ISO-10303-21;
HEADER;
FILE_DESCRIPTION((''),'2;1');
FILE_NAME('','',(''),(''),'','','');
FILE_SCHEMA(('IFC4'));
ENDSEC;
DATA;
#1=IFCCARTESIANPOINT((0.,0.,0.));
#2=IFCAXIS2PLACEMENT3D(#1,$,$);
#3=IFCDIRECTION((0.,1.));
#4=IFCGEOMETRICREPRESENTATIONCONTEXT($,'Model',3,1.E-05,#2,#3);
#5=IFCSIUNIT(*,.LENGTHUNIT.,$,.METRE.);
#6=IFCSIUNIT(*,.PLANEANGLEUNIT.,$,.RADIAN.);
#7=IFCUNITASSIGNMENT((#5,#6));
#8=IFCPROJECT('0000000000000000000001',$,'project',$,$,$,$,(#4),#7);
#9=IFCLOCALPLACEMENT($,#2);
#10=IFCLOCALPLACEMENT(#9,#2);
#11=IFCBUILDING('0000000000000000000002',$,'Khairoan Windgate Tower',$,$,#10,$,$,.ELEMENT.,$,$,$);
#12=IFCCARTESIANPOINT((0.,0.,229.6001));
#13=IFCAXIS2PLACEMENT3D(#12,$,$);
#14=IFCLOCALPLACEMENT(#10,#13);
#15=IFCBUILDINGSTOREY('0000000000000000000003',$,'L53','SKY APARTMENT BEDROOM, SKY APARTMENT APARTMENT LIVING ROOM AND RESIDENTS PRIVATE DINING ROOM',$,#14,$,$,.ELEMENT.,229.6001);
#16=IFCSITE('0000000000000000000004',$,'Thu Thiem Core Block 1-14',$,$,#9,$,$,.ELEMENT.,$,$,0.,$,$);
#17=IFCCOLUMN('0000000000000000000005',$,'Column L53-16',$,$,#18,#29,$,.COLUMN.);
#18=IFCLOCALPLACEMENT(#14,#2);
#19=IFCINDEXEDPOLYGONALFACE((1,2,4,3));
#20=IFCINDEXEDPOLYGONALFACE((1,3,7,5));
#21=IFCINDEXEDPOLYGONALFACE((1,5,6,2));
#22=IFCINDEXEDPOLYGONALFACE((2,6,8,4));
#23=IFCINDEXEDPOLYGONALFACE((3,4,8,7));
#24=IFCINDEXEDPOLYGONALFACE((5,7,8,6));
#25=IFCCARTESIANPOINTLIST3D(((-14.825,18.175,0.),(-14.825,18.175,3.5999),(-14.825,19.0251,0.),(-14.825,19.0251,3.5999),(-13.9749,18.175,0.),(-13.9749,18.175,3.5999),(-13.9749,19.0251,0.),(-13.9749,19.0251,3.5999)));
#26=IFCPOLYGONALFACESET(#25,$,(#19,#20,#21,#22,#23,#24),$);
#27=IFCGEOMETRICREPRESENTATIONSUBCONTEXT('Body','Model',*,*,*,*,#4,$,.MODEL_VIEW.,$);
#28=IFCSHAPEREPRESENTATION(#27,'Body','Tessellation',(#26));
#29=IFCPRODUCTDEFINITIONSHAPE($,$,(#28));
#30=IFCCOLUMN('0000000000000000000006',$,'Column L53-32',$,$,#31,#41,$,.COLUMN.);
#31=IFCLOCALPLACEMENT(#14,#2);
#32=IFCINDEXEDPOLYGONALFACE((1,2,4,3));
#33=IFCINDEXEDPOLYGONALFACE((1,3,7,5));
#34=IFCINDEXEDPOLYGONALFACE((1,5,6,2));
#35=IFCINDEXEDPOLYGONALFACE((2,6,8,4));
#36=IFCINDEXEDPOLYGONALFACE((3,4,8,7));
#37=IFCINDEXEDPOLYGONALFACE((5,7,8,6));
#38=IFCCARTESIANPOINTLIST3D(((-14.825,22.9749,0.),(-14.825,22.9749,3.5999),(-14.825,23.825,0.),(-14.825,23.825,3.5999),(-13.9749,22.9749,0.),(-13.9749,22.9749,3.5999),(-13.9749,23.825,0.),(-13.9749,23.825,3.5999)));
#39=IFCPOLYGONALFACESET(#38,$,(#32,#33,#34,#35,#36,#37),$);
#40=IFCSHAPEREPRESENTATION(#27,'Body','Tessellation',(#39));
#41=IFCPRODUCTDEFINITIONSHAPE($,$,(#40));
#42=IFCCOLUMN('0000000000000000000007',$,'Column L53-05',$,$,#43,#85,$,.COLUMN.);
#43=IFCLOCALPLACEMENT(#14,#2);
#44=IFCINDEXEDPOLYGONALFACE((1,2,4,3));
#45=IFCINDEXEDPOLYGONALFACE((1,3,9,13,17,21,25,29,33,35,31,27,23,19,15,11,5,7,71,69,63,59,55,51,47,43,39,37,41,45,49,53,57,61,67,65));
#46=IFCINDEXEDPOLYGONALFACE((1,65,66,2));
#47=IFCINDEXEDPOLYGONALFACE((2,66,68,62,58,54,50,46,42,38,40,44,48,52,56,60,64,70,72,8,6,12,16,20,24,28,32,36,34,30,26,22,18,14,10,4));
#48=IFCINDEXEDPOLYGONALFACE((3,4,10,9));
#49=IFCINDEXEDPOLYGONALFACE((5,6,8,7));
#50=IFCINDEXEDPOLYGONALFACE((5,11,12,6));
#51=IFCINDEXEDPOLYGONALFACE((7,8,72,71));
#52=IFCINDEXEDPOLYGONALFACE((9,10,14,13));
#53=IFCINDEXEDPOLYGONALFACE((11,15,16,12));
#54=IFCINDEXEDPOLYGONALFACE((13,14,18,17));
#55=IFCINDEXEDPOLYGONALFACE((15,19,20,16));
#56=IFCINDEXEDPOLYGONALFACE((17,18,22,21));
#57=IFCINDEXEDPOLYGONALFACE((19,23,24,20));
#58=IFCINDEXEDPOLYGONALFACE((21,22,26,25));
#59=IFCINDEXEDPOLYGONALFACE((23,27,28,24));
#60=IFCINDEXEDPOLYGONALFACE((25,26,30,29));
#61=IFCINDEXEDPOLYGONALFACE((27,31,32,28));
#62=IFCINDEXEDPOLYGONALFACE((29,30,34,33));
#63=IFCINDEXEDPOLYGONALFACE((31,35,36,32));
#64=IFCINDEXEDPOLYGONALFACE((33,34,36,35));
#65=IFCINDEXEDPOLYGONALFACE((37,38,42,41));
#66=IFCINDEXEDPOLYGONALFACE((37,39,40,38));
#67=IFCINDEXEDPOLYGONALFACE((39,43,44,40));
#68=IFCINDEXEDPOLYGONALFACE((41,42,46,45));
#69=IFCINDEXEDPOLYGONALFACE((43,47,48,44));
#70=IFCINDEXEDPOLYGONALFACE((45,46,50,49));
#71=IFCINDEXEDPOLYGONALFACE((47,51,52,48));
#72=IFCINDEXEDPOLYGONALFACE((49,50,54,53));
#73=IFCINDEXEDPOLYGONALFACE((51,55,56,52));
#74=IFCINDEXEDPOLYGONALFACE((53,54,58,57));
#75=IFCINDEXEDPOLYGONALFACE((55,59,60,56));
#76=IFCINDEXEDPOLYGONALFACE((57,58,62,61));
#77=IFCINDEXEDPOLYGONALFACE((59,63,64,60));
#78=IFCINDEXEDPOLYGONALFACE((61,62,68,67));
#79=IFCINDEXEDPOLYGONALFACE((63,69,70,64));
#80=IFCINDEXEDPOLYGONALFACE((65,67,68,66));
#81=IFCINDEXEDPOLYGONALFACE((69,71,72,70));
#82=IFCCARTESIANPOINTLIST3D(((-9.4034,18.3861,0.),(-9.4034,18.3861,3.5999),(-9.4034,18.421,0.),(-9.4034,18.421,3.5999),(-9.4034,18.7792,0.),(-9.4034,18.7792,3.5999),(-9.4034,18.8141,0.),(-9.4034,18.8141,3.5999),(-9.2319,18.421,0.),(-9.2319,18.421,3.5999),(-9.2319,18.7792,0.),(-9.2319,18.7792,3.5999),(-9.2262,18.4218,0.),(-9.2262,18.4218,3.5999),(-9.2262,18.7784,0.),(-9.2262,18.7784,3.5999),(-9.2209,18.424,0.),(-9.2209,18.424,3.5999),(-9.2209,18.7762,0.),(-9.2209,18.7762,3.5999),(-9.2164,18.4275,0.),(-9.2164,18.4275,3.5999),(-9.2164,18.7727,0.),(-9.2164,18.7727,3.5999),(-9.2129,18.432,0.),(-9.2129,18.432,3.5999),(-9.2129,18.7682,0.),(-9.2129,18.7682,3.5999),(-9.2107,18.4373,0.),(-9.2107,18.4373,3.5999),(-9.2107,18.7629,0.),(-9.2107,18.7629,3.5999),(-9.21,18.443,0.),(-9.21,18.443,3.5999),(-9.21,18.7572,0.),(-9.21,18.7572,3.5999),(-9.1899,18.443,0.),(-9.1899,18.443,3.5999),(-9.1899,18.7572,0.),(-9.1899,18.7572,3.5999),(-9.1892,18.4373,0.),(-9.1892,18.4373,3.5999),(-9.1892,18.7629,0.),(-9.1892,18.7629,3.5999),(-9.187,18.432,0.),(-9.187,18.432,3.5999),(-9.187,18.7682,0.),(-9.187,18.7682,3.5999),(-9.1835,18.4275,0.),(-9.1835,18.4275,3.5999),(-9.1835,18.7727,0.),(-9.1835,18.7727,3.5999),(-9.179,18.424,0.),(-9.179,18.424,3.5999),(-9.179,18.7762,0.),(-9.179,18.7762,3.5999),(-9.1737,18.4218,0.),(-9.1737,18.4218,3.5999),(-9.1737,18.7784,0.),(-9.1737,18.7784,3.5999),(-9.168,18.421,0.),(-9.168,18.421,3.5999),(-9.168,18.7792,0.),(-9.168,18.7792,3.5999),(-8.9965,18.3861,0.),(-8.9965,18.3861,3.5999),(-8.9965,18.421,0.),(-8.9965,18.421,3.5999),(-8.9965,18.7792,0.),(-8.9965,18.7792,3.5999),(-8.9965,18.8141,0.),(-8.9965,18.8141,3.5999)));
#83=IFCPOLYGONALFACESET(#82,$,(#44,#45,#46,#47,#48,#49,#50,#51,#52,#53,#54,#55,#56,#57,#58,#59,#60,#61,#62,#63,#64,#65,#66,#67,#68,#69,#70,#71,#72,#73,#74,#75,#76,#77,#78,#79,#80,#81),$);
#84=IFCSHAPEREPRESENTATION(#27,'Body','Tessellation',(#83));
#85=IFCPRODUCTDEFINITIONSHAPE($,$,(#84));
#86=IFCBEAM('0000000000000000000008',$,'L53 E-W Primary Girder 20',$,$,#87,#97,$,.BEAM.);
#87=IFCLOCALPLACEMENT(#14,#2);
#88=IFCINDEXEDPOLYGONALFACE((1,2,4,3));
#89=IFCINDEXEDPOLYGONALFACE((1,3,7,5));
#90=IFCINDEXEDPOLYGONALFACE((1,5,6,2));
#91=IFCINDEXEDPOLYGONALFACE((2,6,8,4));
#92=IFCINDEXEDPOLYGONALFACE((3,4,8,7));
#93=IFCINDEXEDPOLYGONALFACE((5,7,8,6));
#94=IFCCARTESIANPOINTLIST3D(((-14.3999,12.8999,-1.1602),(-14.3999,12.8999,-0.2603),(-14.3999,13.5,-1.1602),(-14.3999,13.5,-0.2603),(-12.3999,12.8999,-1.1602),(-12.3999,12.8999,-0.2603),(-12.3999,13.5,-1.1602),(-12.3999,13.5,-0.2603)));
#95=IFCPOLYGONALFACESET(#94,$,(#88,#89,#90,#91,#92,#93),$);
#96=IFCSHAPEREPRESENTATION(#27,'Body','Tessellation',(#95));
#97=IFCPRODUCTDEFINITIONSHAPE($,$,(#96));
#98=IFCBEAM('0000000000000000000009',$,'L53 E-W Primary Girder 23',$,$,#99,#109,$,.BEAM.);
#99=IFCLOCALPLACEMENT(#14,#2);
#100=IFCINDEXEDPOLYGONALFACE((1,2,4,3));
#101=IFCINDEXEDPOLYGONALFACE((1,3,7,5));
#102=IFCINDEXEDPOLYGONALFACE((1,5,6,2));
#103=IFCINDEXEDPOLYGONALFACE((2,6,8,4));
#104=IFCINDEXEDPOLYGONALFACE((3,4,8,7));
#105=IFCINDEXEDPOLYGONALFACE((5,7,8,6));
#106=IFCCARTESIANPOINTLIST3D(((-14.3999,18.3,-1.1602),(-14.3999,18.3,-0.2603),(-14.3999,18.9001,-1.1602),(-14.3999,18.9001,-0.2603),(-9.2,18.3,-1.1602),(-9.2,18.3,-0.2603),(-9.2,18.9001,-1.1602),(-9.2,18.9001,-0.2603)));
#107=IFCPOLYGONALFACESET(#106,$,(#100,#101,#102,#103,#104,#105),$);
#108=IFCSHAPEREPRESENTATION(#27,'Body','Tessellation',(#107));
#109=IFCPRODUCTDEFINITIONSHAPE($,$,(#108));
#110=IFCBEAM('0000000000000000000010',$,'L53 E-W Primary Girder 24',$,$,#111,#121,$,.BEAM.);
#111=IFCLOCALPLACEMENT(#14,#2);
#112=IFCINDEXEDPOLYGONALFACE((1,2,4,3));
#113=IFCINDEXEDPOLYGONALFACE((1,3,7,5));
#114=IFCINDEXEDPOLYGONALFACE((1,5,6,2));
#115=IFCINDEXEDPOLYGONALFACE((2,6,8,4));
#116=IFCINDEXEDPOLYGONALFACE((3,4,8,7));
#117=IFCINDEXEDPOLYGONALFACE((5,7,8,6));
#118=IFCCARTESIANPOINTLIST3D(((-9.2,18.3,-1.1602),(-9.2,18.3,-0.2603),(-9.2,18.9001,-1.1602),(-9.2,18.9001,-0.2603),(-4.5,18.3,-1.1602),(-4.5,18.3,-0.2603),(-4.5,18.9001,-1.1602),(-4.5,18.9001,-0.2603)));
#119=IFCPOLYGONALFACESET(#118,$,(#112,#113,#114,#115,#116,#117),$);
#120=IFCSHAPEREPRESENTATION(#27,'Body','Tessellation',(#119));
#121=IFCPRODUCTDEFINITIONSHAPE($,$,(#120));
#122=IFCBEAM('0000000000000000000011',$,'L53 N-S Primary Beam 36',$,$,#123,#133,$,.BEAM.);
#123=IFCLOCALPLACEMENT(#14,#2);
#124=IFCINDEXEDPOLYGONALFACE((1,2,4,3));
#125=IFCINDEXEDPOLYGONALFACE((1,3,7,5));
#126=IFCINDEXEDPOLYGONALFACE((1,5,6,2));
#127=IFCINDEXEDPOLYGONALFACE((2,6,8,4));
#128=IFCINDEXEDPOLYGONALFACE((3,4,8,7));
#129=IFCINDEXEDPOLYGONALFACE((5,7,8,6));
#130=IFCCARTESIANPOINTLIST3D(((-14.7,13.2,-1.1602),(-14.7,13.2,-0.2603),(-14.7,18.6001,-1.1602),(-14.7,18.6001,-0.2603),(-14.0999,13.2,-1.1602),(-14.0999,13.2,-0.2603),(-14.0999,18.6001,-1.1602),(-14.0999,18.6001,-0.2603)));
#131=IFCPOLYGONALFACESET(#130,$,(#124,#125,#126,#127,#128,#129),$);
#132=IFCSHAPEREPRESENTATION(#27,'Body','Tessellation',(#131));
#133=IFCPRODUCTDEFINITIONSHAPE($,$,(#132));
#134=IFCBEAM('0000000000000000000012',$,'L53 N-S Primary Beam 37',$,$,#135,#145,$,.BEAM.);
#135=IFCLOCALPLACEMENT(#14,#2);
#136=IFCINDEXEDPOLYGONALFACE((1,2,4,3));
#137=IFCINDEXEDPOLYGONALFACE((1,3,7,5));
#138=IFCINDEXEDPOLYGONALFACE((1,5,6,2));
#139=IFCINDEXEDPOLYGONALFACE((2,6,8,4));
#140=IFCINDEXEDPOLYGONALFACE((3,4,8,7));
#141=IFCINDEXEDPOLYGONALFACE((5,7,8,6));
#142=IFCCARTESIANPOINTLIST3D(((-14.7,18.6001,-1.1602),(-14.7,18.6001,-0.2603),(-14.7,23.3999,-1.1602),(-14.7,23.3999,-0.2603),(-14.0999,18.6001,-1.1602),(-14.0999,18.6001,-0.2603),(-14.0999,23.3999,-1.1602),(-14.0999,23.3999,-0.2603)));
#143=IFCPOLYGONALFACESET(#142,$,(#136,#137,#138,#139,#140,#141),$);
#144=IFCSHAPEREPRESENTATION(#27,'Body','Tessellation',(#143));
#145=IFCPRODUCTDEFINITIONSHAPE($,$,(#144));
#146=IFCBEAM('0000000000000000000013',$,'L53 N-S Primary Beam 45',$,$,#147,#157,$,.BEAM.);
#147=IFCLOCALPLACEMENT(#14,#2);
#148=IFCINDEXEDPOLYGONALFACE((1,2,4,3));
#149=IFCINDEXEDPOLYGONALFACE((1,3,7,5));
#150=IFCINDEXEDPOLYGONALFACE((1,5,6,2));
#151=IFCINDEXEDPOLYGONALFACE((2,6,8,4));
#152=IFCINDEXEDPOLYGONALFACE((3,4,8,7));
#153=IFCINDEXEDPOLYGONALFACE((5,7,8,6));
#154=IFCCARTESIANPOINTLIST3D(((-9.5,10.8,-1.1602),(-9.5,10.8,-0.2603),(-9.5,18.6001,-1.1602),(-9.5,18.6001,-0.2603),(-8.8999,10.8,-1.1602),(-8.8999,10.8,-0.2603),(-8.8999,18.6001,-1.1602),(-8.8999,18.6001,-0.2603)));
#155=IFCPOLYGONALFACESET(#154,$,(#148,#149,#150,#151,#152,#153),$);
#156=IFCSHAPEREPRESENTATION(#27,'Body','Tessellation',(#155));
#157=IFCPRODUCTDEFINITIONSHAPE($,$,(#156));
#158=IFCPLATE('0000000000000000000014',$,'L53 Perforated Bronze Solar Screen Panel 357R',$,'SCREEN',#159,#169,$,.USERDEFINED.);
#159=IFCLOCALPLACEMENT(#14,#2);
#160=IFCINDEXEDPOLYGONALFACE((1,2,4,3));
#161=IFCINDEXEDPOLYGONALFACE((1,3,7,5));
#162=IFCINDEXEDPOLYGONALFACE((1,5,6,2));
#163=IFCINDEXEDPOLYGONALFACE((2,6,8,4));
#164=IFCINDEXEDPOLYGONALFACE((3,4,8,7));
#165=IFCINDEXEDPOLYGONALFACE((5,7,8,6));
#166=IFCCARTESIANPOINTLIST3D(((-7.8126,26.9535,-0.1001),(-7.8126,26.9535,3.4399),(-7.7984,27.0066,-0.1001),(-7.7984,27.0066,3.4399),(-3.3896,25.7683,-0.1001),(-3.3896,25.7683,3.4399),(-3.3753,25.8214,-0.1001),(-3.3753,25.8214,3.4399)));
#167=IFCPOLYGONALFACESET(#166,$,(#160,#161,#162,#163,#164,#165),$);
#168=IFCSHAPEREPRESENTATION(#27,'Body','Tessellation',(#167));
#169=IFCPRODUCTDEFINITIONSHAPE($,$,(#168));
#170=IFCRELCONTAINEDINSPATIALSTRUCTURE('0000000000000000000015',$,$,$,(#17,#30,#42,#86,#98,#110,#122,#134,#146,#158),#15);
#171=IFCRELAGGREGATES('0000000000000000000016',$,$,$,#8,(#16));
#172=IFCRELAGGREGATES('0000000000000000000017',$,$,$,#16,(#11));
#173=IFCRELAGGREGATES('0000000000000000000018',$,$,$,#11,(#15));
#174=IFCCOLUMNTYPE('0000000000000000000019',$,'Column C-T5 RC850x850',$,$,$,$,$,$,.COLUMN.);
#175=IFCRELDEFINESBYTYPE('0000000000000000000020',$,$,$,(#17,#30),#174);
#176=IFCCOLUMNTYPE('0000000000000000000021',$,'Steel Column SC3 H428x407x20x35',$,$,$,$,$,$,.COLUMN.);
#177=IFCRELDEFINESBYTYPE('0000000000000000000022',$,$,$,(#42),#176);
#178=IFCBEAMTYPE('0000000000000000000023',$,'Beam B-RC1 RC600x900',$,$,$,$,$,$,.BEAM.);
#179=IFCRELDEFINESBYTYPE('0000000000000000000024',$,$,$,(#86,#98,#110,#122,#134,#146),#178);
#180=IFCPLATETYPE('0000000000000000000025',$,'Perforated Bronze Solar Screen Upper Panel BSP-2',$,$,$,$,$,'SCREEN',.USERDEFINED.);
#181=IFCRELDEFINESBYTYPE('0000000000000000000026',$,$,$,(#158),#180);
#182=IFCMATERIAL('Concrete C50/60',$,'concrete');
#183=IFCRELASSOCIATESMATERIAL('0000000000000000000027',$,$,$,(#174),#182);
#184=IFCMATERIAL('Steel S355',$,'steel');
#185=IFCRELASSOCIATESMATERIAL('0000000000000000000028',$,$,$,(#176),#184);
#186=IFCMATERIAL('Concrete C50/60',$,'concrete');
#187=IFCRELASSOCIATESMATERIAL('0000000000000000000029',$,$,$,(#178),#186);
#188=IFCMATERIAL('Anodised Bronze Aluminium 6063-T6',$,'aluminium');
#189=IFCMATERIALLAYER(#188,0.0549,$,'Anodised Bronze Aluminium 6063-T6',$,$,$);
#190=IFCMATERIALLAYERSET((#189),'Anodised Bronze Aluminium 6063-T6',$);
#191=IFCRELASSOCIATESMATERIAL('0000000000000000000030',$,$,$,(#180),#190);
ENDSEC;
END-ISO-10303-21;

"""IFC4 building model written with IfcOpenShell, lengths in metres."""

from ifc_helpers import new_model, si_unit, direction, frame, origin, origin_2d, place, context, subcontext, project, spatial, rectangle, i_section, extrude, material, layer, layer_set, material_profile, profile_set, type_object, element, save


model = new_model("IFC4")

# Units and contexts
model_context = context("Model", 3, precision=1e-05, world=origin(), true_north=direction((0.0, 1.0)))
body_context = subcontext(model_context, "Body", "Model", "MODEL_VIEW")
ifc_project = project(units=[si_unit("LENGTHUNIT", "METRE"), si_unit("PLANEANGLEUNIT", "RADIAN")], contexts=[model_context])

# Site, building, storey
site_placement = place(None, origin())
site = spatial("IfcSite", under=ifc_project, at=site_placement, Name="Thu Thiem Core Block 1-14", CompositionType="ELEMENT", RefElevation=0.0)
building_placement = place(site_placement, origin())
building = spatial("IfcBuilding", under=site, at=building_placement, Name="Khairoan Windgate Tower", CompositionType="ELEMENT")
storey_placement = place(building_placement, frame((0.0, 0.0, 229.6001)))
storey = spatial("IfcBuildingStorey", under=building, at=storey_placement, Name="L53", Description="SKY APARTMENT BEDROOM, SKY APARTMENT APARTMENT LIVING ROOM AND RESIDENTS PRIVATE DINING ROOM", CompositionType="ELEMENT", Elevation=229.6001)

# Columns
ifc_material_1 = material(Name="Concrete C50/60", Category="concrete")
ifc_material_profile_1 = material_profile(ifc_material_1, rectangle(XDim=0.8501, YDim=0.8501, at=origin_2d()))
ifc_profile_set_1 = profile_set([ifc_material_profile_1], Name="Concrete C50/60")
column_type_1 = type_object("IfcColumnType", Name="Column C-T5 RC850x850", PredefinedType="COLUMN", material=ifc_profile_set_1)
for number, where, z_axis, x_axis, name in (
    (1, (-14.3999, 18.6001, 0.0), (0.0, 0.0, 1.0), (1.0, 0.0, 0.0), "Column L53-16"),
    (2, (-14.3999, 23.3999, 0.0), (0.0, 0.0, 1.0), (1.0, 0.0, 0.0), "Column L53-32"),
):
    element("IfcColumn", number, at=place(storey_placement, frame(where, z_axis=z_axis, x_axis=x_axis)), inside=storey, type_object=column_type_1, Name=name, PredefinedType="COLUMN", context=body_context, shape_type="SweptSolid", body=[
        extrude(rectangle(XDim=0.8501, YDim=0.8501, at=origin_2d()), origin(), (0.0, 0.0, 1.0), 3.5999),
    ])
ifc_material_2 = material(Name="Steel S355", Category="steel")
ifc_material_profile_2 = material_profile(ifc_material_2, i_section(OverallWidth=0.407, OverallDepth=0.428, WebThickness=0.02, FlangeThickness=0.0349, FilletRadius=0.022, at=origin_2d()))
ifc_profile_set_2 = profile_set([ifc_material_profile_2], Name="Steel S355")
column_type_2 = type_object("IfcColumnType", Name="Steel Column SC3 H428x407x20x35", PredefinedType="COLUMN", material=ifc_profile_set_2)
column_placement = place(storey_placement, frame((-9.2, 18.6001, 0.0), z_axis=(0.0, 0.0, 1.0), x_axis=(1.0, 0.0, 0.0)))
element("IfcColumn", 3, at=column_placement, inside=storey, type_object=column_type_2, Name="Column L53-05", PredefinedType="COLUMN", context=body_context, shape_type="SweptSolid", body=[
    extrude(i_section(OverallWidth=0.407, OverallDepth=0.428, WebThickness=0.02, FlangeThickness=0.0349, FilletRadius=0.022, at=origin_2d()), origin(), (0.0, 0.0, 1.0), 3.5999),
])

# Beams
ifc_material_3 = material(Name="Concrete C50/60", Category="concrete")
ifc_material_profile_3 = material_profile(ifc_material_3, rectangle(XDim=0.6001, YDim=0.8999, at=origin_2d()))
ifc_profile_set_3 = profile_set([ifc_material_profile_3], Name="Concrete C50/60")
beam_type = type_object("IfcBeamType", Name="Beam B-RC1 RC600x900", PredefinedType="BEAM", material=ifc_profile_set_3)
beam_1_placement = place(storey_placement, frame((-14.3999, 13.2, -0.7102), z_axis=(1.0, 0.0, 0.0), x_axis=(0.0, 1.0, 0.0)))
element("IfcBeam", 4, at=beam_1_placement, inside=storey, type_object=beam_type, Name="L53 E-W Primary Girder 20", PredefinedType="BEAM", context=body_context, shape_type="SweptSolid", body=[
    extrude(rectangle(XDim=0.6001, YDim=0.8999, at=origin_2d()), origin(), (0.0, 0.0, 1.0), 2.0),
])
beam_2_placement = place(storey_placement, frame((-14.3999, 18.6001, -0.7102), z_axis=(1.0, 0.0, 0.0), x_axis=(0.0, 1.0, 0.0)))
element("IfcBeam", 5, at=beam_2_placement, inside=storey, type_object=beam_type, Name="L53 E-W Primary Girder 23", PredefinedType="BEAM", context=body_context, shape_type="SweptSolid", body=[
    extrude(rectangle(XDim=0.6001, YDim=0.8999, at=origin_2d()), origin(), (0.0, 0.0, 1.0), 5.2),
])
beam_3_placement = place(storey_placement, frame((-9.2, 18.6001, -0.7102), z_axis=(1.0, 0.0, 0.0), x_axis=(0.0, 1.0, 0.0)))
element("IfcBeam", 6, at=beam_3_placement, inside=storey, type_object=beam_type, Name="L53 E-W Primary Girder 24", PredefinedType="BEAM", context=body_context, shape_type="SweptSolid", body=[
    extrude(rectangle(XDim=0.6001, YDim=0.8999, at=origin_2d()), origin(), (0.0, 0.0, 1.0), 4.7),
])
beam_4_placement = place(storey_placement, frame((-14.3999, 13.2, -0.7102), z_axis=(0.0, 1.0, 0.0), x_axis=(-1.0, 0.0, 0.0)))
element("IfcBeam", 7, at=beam_4_placement, inside=storey, type_object=beam_type, Name="L53 N-S Primary Beam 36", PredefinedType="BEAM", context=body_context, shape_type="SweptSolid", body=[
    extrude(rectangle(XDim=0.6001, YDim=0.8999, at=origin_2d()), origin(), (0.0, 0.0, 1.0), 5.4001),
])
beam_5_placement = place(storey_placement, frame((-14.3999, 18.6001, -0.7102), z_axis=(0.0, 1.0, 0.0), x_axis=(-1.0, 0.0, 0.0)))
element("IfcBeam", 8, at=beam_5_placement, inside=storey, type_object=beam_type, Name="L53 N-S Primary Beam 37", PredefinedType="BEAM", context=body_context, shape_type="SweptSolid", body=[
    extrude(rectangle(XDim=0.6001, YDim=0.8999, at=origin_2d()), origin(), (0.0, 0.0, 1.0), 4.7998),
])
beam_6_placement = place(storey_placement, frame((-9.2, 10.8, -0.7102), z_axis=(0.0, 1.0, 0.0), x_axis=(-1.0, 0.0, 0.0)))
element("IfcBeam", 9, at=beam_6_placement, inside=storey, type_object=beam_type, Name="L53 N-S Primary Beam 45", PredefinedType="BEAM", context=body_context, shape_type="SweptSolid", body=[
    extrude(rectangle(XDim=0.6001, YDim=0.8999, at=origin_2d()), origin(), (0.0, 0.0, 1.0), 7.8),
])

# Plate
ifc_material_4 = material(Name="Anodised Bronze Aluminium 6063-T6", Category="aluminium")
ifc_layer_1 = layer(ifc_material_4, 0.0549, Name="Anodised Bronze Aluminium 6063-T6")
ifc_layer_set_1 = layer_set([ifc_layer_1], Name="Anodised Bronze Aluminium 6063-T6")
plate_type = type_object("IfcPlateType", Name="Perforated Bronze Solar Screen Upper Panel BSP-2", ElementType="SCREEN", PredefinedType="USERDEFINED", material=ifc_layer_set_1)
plate_placement = place(storey_placement, frame((-5.594, 26.3875, -0.1001), z_axis=(0.0, 0.0, 1.0), x_axis=(0.965926, -0.258819, 0.0)))
element("IfcPlate", 10, at=plate_placement, inside=storey, type_object=plate_type, Name="L53 Perforated Bronze Solar Screen Panel 357R", ObjectType="SCREEN", PredefinedType="USERDEFINED", context=body_context, shape_type="SweptSolid", body=[
    extrude(rectangle(XDim=4.5791, YDim=0.0549, at=origin_2d()), origin(), (0.0, 0.0, 1.0), 3.54),
])

save(model, "model.ifc")
